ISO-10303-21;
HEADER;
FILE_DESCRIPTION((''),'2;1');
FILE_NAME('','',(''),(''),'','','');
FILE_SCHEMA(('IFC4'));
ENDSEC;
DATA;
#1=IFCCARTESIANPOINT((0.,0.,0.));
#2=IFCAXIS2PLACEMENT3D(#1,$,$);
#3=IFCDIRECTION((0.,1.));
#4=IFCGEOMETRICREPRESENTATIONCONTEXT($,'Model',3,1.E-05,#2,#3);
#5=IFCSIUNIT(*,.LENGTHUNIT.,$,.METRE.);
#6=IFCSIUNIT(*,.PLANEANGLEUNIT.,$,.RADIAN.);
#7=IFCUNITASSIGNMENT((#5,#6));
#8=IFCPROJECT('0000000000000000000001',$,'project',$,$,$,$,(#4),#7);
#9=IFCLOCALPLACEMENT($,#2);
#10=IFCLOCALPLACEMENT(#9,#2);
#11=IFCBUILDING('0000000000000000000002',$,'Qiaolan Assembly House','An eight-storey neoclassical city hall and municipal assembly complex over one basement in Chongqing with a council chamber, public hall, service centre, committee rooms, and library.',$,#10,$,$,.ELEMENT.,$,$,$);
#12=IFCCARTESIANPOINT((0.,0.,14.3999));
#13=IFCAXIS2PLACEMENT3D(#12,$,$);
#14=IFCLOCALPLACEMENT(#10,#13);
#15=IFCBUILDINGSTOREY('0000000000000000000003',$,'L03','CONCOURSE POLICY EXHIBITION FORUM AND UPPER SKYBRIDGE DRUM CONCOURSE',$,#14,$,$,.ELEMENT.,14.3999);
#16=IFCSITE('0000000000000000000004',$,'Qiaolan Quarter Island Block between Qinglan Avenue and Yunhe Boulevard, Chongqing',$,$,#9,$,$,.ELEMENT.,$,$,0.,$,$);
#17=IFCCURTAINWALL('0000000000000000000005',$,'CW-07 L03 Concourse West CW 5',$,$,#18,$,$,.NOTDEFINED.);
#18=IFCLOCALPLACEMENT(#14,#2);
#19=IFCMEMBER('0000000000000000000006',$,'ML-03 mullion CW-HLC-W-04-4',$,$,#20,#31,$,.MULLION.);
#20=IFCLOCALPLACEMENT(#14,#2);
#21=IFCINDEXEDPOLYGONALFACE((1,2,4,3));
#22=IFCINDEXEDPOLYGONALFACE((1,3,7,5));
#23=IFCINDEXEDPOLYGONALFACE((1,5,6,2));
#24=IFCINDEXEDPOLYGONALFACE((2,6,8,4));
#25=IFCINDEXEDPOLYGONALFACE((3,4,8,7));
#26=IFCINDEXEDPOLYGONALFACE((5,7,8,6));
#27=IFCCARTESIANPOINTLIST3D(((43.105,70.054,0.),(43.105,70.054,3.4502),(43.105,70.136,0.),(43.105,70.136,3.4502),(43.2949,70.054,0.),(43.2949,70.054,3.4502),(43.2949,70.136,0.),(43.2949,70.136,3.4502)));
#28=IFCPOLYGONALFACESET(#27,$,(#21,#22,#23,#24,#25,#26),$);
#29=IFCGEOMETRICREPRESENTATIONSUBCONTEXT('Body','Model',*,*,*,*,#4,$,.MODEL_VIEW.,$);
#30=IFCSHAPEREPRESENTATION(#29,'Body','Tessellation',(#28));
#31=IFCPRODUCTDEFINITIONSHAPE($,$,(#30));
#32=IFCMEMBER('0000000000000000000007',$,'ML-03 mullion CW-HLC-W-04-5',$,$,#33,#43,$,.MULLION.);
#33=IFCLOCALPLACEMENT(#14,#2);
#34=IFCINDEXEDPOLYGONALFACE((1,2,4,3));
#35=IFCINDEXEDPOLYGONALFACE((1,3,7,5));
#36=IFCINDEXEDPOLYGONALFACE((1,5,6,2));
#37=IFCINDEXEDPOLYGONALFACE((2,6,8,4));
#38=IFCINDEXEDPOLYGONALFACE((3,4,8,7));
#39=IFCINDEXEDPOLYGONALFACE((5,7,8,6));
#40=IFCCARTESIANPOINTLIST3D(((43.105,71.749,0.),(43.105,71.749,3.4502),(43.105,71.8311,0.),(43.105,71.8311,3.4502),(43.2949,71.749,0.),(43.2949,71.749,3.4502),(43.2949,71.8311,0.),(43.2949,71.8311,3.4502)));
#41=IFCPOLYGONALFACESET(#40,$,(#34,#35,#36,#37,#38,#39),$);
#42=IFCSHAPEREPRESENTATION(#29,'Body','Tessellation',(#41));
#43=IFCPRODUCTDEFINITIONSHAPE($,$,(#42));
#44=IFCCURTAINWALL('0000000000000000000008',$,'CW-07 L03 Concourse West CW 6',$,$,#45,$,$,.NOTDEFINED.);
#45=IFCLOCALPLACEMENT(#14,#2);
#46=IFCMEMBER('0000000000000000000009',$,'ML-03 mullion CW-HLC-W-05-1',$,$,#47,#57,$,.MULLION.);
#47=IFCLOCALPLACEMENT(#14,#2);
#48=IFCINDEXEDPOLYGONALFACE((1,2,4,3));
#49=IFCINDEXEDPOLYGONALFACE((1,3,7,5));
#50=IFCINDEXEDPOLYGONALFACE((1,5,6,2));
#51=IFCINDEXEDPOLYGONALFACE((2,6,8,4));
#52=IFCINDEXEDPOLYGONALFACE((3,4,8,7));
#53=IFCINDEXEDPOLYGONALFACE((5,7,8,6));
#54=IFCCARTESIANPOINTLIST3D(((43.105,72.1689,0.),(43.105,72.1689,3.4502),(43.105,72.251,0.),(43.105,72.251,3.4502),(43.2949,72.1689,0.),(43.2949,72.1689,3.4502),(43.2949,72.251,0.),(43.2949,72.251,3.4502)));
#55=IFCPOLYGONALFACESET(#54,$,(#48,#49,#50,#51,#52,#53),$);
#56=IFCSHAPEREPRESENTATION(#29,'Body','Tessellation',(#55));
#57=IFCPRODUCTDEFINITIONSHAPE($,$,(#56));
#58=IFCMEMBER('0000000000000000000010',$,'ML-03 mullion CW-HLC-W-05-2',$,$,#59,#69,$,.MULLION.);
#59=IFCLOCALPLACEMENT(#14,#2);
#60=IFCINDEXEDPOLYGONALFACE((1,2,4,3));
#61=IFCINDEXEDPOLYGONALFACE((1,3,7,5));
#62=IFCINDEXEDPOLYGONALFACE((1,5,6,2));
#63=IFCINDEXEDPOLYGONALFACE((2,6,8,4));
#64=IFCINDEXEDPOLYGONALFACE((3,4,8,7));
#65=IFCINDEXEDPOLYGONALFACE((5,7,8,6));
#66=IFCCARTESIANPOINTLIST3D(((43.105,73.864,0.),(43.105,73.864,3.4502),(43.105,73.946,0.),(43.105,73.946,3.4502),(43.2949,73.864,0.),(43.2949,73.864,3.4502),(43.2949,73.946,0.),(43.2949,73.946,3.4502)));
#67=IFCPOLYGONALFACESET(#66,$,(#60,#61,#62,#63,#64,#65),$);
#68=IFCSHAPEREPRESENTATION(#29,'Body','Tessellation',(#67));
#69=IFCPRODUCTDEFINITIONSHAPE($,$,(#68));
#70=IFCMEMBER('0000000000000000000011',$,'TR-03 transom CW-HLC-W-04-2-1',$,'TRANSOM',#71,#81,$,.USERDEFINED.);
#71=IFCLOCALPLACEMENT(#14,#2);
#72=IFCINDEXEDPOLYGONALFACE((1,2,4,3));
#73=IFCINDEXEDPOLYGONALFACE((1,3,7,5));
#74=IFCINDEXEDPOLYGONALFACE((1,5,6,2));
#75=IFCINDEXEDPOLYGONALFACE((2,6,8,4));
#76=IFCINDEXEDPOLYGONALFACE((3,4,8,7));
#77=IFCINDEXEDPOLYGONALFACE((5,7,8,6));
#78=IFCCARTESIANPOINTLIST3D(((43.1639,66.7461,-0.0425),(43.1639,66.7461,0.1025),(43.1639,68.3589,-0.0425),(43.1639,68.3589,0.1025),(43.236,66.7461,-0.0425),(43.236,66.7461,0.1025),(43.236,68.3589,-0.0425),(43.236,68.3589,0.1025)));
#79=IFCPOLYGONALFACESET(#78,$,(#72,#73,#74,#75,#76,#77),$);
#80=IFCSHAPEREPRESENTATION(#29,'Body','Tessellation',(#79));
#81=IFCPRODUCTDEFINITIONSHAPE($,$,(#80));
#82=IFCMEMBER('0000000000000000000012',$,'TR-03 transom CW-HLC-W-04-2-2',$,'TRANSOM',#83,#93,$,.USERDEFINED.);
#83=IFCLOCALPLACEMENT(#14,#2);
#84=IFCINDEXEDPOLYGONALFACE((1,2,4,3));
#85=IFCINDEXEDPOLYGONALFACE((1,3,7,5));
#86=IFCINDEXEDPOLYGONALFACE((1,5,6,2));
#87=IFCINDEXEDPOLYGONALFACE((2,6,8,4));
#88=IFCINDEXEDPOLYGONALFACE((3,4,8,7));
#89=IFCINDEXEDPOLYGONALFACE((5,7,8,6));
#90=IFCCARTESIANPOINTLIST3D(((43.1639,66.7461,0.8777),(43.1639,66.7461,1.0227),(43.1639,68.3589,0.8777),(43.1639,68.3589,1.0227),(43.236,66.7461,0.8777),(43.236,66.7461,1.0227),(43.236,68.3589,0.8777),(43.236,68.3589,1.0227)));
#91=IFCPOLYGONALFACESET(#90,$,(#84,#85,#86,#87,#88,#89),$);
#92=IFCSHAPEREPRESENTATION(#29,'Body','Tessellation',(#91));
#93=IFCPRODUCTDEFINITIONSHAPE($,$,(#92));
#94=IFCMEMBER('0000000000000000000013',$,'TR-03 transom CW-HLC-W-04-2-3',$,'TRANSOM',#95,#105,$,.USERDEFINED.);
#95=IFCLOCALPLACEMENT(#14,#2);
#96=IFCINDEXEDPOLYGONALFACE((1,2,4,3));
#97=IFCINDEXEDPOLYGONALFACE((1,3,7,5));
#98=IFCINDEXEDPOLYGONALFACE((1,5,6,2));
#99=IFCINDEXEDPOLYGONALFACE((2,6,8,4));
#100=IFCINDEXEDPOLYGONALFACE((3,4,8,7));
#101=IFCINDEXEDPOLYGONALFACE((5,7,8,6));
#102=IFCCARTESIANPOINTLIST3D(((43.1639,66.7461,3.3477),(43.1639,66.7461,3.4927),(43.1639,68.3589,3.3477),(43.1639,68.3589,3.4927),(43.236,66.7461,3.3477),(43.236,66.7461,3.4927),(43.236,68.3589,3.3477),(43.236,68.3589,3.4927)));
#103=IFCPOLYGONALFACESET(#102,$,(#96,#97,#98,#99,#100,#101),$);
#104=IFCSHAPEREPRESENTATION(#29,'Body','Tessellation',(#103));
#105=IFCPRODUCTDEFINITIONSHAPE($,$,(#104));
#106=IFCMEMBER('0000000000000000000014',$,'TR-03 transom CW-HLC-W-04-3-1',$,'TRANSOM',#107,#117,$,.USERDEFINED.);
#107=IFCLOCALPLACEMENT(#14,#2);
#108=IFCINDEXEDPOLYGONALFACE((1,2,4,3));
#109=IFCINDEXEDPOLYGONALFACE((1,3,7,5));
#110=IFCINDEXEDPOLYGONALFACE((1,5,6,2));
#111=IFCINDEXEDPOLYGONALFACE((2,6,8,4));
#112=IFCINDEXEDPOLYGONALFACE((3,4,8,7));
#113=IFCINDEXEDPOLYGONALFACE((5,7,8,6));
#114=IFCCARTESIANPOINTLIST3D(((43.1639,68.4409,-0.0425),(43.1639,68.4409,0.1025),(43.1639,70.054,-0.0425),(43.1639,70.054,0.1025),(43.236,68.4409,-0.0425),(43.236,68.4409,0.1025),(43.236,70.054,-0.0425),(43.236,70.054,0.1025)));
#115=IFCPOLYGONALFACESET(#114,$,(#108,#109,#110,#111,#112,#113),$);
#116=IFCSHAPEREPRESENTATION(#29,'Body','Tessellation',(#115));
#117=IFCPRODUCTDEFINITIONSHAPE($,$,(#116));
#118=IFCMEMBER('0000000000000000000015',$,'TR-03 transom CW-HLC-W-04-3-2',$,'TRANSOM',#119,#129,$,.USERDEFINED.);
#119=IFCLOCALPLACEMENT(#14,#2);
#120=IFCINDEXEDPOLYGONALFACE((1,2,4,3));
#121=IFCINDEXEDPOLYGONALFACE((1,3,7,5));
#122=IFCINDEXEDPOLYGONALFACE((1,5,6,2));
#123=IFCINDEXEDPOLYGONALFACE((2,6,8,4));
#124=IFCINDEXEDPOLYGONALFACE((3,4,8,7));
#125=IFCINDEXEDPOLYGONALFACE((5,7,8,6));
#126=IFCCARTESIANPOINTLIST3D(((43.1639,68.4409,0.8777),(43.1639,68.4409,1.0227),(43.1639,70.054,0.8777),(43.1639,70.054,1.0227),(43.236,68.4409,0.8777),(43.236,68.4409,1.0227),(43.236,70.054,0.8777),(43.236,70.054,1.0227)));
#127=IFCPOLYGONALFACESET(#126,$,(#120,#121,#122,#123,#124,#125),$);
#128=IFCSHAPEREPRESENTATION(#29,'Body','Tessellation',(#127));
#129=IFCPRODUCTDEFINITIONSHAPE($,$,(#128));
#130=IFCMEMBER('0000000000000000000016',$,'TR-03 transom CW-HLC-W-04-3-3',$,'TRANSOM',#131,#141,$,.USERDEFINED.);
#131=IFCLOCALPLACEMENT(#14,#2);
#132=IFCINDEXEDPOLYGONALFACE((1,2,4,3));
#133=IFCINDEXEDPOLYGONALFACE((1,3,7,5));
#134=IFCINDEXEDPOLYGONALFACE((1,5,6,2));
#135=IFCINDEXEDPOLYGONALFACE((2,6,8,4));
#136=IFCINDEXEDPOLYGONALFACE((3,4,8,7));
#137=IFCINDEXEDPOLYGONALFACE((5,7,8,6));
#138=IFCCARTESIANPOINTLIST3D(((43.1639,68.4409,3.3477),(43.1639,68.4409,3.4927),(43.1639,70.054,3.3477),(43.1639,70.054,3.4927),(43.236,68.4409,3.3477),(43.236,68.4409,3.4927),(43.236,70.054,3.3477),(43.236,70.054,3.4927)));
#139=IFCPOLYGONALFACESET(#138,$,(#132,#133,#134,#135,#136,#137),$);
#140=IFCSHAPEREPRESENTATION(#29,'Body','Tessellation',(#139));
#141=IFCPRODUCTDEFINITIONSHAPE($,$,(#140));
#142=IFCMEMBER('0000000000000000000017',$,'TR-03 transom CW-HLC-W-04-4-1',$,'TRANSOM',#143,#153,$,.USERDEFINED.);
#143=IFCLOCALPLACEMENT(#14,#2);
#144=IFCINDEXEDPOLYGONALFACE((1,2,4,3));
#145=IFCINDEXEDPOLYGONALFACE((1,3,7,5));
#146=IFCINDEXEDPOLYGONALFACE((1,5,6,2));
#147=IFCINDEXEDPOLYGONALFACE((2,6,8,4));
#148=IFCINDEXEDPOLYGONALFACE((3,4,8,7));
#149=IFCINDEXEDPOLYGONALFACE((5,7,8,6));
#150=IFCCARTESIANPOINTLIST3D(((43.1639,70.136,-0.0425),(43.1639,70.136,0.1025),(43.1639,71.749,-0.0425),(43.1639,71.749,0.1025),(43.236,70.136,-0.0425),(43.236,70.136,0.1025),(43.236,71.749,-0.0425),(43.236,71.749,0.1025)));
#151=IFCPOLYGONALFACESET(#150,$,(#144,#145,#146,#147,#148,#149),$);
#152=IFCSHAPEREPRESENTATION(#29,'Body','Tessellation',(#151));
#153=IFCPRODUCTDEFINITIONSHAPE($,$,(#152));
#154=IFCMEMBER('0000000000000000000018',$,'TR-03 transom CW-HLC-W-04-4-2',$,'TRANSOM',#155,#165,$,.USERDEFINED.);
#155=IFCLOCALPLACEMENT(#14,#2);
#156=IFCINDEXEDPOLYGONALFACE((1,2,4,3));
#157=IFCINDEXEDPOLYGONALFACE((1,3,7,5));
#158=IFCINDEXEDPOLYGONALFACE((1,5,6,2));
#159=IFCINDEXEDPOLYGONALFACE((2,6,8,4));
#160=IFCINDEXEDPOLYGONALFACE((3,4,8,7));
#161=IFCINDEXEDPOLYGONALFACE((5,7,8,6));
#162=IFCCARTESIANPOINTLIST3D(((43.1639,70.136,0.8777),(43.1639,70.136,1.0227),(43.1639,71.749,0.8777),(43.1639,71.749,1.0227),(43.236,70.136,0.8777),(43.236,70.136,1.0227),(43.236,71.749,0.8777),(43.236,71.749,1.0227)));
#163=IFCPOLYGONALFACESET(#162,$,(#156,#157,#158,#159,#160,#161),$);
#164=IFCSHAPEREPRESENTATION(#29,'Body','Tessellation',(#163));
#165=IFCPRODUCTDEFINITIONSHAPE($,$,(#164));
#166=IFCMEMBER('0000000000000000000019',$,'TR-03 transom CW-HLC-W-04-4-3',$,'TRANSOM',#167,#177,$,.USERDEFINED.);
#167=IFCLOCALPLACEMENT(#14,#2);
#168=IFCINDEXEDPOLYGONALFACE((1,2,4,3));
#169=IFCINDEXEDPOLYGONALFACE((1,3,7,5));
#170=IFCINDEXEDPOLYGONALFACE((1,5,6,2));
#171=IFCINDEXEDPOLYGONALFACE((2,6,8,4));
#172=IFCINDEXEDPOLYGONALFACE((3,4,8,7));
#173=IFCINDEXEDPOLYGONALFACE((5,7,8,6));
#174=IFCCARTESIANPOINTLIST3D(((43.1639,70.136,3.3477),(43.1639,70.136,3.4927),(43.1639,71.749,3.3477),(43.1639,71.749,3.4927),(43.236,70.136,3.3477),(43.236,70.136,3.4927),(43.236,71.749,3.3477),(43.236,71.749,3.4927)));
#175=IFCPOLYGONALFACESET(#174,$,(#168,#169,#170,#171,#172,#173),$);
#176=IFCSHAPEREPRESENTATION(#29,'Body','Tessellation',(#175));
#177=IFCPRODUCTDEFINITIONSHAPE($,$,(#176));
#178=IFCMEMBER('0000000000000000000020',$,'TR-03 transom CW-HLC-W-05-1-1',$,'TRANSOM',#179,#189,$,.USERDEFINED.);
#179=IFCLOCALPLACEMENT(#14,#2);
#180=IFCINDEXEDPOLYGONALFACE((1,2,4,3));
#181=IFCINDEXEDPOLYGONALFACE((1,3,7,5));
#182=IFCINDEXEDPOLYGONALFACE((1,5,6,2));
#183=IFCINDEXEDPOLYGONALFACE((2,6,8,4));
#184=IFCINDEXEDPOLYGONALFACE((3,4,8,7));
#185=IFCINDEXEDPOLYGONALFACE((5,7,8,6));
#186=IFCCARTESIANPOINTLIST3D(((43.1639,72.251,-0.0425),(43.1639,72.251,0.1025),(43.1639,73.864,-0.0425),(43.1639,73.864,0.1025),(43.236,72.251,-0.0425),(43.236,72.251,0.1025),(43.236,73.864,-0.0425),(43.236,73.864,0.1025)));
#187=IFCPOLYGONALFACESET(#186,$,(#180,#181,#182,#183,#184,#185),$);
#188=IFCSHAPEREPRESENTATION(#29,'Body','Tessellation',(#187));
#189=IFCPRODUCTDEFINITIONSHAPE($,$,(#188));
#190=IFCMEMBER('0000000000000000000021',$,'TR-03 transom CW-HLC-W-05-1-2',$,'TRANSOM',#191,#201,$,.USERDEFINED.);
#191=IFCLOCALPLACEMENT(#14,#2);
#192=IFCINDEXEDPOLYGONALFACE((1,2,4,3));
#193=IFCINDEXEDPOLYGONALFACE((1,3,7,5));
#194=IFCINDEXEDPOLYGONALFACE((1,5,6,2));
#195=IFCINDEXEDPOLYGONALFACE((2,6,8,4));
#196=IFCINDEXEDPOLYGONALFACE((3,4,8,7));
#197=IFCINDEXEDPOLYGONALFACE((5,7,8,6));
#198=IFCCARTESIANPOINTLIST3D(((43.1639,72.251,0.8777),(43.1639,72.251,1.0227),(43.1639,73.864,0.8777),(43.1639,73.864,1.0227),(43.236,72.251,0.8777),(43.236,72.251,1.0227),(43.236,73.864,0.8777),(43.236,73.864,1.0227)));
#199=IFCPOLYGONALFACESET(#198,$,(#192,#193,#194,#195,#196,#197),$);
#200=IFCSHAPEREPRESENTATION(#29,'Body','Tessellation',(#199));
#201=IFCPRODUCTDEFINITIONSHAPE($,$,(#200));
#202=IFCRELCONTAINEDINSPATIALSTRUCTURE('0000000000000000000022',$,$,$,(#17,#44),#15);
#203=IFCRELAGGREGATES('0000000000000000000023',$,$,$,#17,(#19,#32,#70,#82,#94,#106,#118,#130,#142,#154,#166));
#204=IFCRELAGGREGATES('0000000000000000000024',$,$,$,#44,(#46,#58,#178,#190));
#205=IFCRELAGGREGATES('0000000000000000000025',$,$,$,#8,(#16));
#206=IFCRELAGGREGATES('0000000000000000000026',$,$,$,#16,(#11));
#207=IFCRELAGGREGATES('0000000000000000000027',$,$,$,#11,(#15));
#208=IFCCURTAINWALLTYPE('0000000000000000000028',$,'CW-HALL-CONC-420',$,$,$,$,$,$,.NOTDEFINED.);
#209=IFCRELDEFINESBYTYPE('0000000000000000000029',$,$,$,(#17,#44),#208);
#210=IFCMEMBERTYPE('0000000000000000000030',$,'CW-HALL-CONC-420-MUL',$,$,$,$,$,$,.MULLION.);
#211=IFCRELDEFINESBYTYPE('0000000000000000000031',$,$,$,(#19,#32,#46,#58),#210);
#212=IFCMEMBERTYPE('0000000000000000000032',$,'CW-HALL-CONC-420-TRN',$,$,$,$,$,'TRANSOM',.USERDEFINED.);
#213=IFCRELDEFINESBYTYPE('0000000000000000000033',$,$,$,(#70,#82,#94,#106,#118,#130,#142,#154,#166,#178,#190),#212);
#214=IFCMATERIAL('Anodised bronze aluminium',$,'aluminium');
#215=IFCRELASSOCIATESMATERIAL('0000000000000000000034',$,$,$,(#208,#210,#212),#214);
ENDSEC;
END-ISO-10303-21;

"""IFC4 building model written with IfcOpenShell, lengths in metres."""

from ifc_helpers import new_model, si_unit, direction, frame, origin, origin_2d, place, context, subcontext, project, spatial, rectangle, extrude, material, material_profile, profile_set, type_object, element, aggregate, save


model = new_model("IFC4")

# Units and contexts
model_context = context("Model", 3, precision=1e-05, world=origin(), true_north=direction((0.0, 1.0)))
body_context = subcontext(model_context, "Body", "Model", "MODEL_VIEW")
ifc_project = project(units=[si_unit("LENGTHUNIT", "METRE"), si_unit("PLANEANGLEUNIT", "RADIAN")], contexts=[model_context])

# Site, building, storey
site_placement = place(None, origin())
site = spatial("IfcSite", under=ifc_project, at=site_placement, Name="Qiaolan Quarter Island Block between Qinglan Avenue and Yunhe Boulevard, Chongqing", CompositionType="ELEMENT", RefElevation=0.0)
building_placement = place(site_placement, origin())
building = spatial("IfcBuilding", under=site, at=building_placement, Name="Qiaolan Assembly House", Description="An eight-storey neoclassical city hall and municipal assembly complex over one basement in Chongqing with a council chamber, public hall, service centre, committee rooms, and library.", CompositionType="ELEMENT")
storey_placement = place(building_placement, frame((0.0, 0.0, 14.3999)))
storey = spatial("IfcBuildingStorey", under=building, at=storey_placement, Name="L03", Description="CONCOURSE POLICY EXHIBITION FORUM AND UPPER SKYBRIDGE DRUM CONCOURSE", CompositionType="ELEMENT", Elevation=14.3999)

# Curtain walls, members
ifc_material_1 = material(Name="Anodised bronze aluminium", Category="aluminium")
curtain_wall_type = type_object("IfcCurtainWallType", Name="CW-HALL-CONC-420", PredefinedType="NOTDEFINED", material=ifc_material_1)
curtain_wall_1_placement = place(storey_placement, origin())
curtain_wall_1 = element("IfcCurtainWall", 1, at=curtain_wall_1_placement, inside=storey, type_object=curtain_wall_type, Name="CW-07 L03 Concourse West CW 5", PredefinedType="NOTDEFINED")
ifc_material_profile_1 = material_profile(ifc_material_1, rectangle(XDim=0.082, YDim=0.1899, at=origin_2d()), Name="MUL 82x190")
ifc_profile_set_1 = profile_set([ifc_material_profile_1], Name="Anodised bronze aluminium")
member_type_1 = type_object("IfcMemberType", Name="CW-HALL-CONC-420-MUL", PredefinedType="MULLION", material=ifc_profile_set_1)
member_1_placement = place(storey_placement, frame((43.2, 70.095, 0.0), z_axis=(0.0, 0.0, 1.0), x_axis=(0.0, 1.0, 0.0)))
member_1 = element("IfcMember", 2, at=member_1_placement, type_object=member_type_1, Name="ML-03 mullion CW-HLC-W-04-4", PredefinedType="MULLION", context=body_context, shape_type="SweptSolid", body=[
    extrude(rectangle(XDim=0.082, YDim=0.1899, at=origin_2d()), origin(), (0.0, 0.0, 1.0), 3.4502),
])
member_2_placement = place(storey_placement, frame((43.2, 71.79, 0.0), z_axis=(0.0, 0.0, 1.0), x_axis=(0.0, 1.0, 0.0)))
member_2 = element("IfcMember", 3, at=member_2_placement, type_object=member_type_1, Name="ML-03 mullion CW-HLC-W-04-5", PredefinedType="MULLION", context=body_context, shape_type="SweptSolid", body=[
    extrude(rectangle(XDim=0.082, YDim=0.1899, at=origin_2d()), origin(), (0.0, 0.0, 1.0), 3.4502),
])
curtain_wall_2_placement = place(storey_placement, origin())
curtain_wall_2 = element("IfcCurtainWall", 4, at=curtain_wall_2_placement, inside=storey, type_object=curtain_wall_type, Name="CW-07 L03 Concourse West CW 6", PredefinedType="NOTDEFINED")
member_3_placement = place(storey_placement, frame((43.2, 72.21, 0.0), z_axis=(0.0, 0.0, 1.0), x_axis=(0.0, 1.0, 0.0)))
member_3 = element("IfcMember", 5, at=member_3_placement, type_object=member_type_1, Name="ML-03 mullion CW-HLC-W-05-1", PredefinedType="MULLION", context=body_context, shape_type="SweptSolid", body=[
    extrude(rectangle(XDim=0.082, YDim=0.1899, at=origin_2d()), origin(), (0.0, 0.0, 1.0), 3.4502),
])
member_4_placement = place(storey_placement, frame((43.2, 73.905, 0.0), z_axis=(0.0, 0.0, 1.0), x_axis=(0.0, 1.0, 0.0)))
member_4 = element("IfcMember", 6, at=member_4_placement, type_object=member_type_1, Name="ML-03 mullion CW-HLC-W-05-2", PredefinedType="MULLION", context=body_context, shape_type="SweptSolid", body=[
    extrude(rectangle(XDim=0.082, YDim=0.1899, at=origin_2d()), origin(), (0.0, 0.0, 1.0), 3.4502),
])

# Members
ifc_material_profile_2 = material_profile(ifc_material_1, rectangle(XDim=0.072, YDim=0.145, at=origin_2d()), Name="TRN 72x145")
ifc_profile_set_2 = profile_set([ifc_material_profile_2], Name="Anodised bronze aluminium")
member_type_2 = type_object("IfcMemberType", Name="CW-HALL-CONC-420-TRN", ElementType="TRANSOM", PredefinedType="USERDEFINED", material=ifc_profile_set_2)
member_5_placement = place(storey_placement, frame((43.2, 66.7461, 0.03), z_axis=(0.0, 1.0, 0.0), x_axis=(-1.0, 0.0, 0.0)))
member_5 = element("IfcMember", 7, at=member_5_placement, type_object=member_type_2, Name="TR-03 transom CW-HLC-W-04-2-1", ObjectType="TRANSOM", PredefinedType="USERDEFINED", context=body_context, shape_type="SweptSolid", body=[
    extrude(rectangle(XDim=0.072, YDim=0.145, at=origin_2d()), origin(), (0.0, 0.0, 1.0), 1.6128),
])
member_6_placement = place(storey_placement, frame((43.2, 66.7461, 0.9502), z_axis=(0.0, 1.0, 0.0), x_axis=(-1.0, 0.0, 0.0)))
member_6 = element("IfcMember", 8, at=member_6_placement, type_object=member_type_2, Name="TR-03 transom CW-HLC-W-04-2-2", ObjectType="TRANSOM", PredefinedType="USERDEFINED", context=body_context, shape_type="SweptSolid", body=[
    extrude(rectangle(XDim=0.072, YDim=0.145, at=origin_2d()), origin(), (0.0, 0.0, 1.0), 1.6128),
])
member_7_placement = place(storey_placement, frame((43.2, 66.7461, 3.4202), z_axis=(0.0, 1.0, 0.0), x_axis=(-1.0, 0.0, 0.0)))
member_7 = element("IfcMember", 9, at=member_7_placement, type_object=member_type_2, Name="TR-03 transom CW-HLC-W-04-2-3", ObjectType="TRANSOM", PredefinedType="USERDEFINED", context=body_context, shape_type="SweptSolid", body=[
    extrude(rectangle(XDim=0.072, YDim=0.145, at=origin_2d()), origin(), (0.0, 0.0, 1.0), 1.6128),
])
member_8_placement = place(storey_placement, frame((43.2, 68.4409, 0.03), z_axis=(0.0, 1.0, 0.0), x_axis=(-1.0, 0.0, 0.0)))
member_8 = element("IfcMember", 10, at=member_8_placement, type_object=member_type_2, Name="TR-03 transom CW-HLC-W-04-3-1", ObjectType="TRANSOM", PredefinedType="USERDEFINED", context=body_context, shape_type="SweptSolid", body=[
    extrude(rectangle(XDim=0.072, YDim=0.145, at=origin_2d()), origin(), (0.0, 0.0, 1.0), 1.613),
])
member_9_placement = place(storey_placement, frame((43.2, 68.4409, 0.9502), z_axis=(0.0, 1.0, 0.0), x_axis=(-1.0, 0.0, 0.0)))
member_9 = element("IfcMember", 11, at=member_9_placement, type_object=member_type_2, Name="TR-03 transom CW-HLC-W-04-3-2", ObjectType="TRANSOM", PredefinedType="USERDEFINED", context=body_context, shape_type="SweptSolid", body=[
    extrude(rectangle(XDim=0.072, YDim=0.145, at=origin_2d()), origin(), (0.0, 0.0, 1.0), 1.613),
])
member_10_placement = place(storey_placement, frame((43.2, 68.4409, 3.4202), z_axis=(0.0, 1.0, 0.0), x_axis=(-1.0, 0.0, 0.0)))
member_10 = element("IfcMember", 12, at=member_10_placement, type_object=member_type_2, Name="TR-03 transom CW-HLC-W-04-3-3", ObjectType="TRANSOM", PredefinedType="USERDEFINED", context=body_context, shape_type="SweptSolid", body=[
    extrude(rectangle(XDim=0.072, YDim=0.145, at=origin_2d()), origin(), (0.0, 0.0, 1.0), 1.613),
])
member_11_placement = place(storey_placement, frame((43.2, 70.136, 0.03), z_axis=(0.0, 1.0, 0.0), x_axis=(-1.0, 0.0, 0.0)))
member_11 = element("IfcMember", 13, at=member_11_placement, type_object=member_type_2, Name="TR-03 transom CW-HLC-W-04-4-1", ObjectType="TRANSOM", PredefinedType="USERDEFINED", context=body_context, shape_type="SweptSolid", body=[
    extrude(rectangle(XDim=0.072, YDim=0.145, at=origin_2d()), origin(), (0.0, 0.0, 1.0), 1.613),
])
member_12_placement = place(storey_placement, frame((43.2, 70.136, 0.9502), z_axis=(0.0, 1.0, 0.0), x_axis=(-1.0, 0.0, 0.0)))
member_12 = element("IfcMember", 14, at=member_12_placement, type_object=member_type_2, Name="TR-03 transom CW-HLC-W-04-4-2", ObjectType="TRANSOM", PredefinedType="USERDEFINED", context=body_context, shape_type="SweptSolid", body=[
    extrude(rectangle(XDim=0.072, YDim=0.145, at=origin_2d()), origin(), (0.0, 0.0, 1.0), 1.613),
])
member_13_placement = place(storey_placement, frame((43.2, 70.136, 3.4202), z_axis=(0.0, 1.0, 0.0), x_axis=(-1.0, 0.0, 0.0)))
member_13 = element("IfcMember", 15, at=member_13_placement, type_object=member_type_2, Name="TR-03 transom CW-HLC-W-04-4-3", ObjectType="TRANSOM", PredefinedType="USERDEFINED", context=body_context, shape_type="SweptSolid", body=[
    extrude(rectangle(XDim=0.072, YDim=0.145, at=origin_2d()), origin(), (0.0, 0.0, 1.0), 1.613),
])
member_14_placement = place(storey_placement, frame((43.2, 72.251, 0.03), z_axis=(0.0, 1.0, 0.0), x_axis=(-1.0, 0.0, 0.0)))
member_14 = element("IfcMember", 16, at=member_14_placement, type_object=member_type_2, Name="TR-03 transom CW-HLC-W-05-1-1", ObjectType="TRANSOM", PredefinedType="USERDEFINED", context=body_context, shape_type="SweptSolid", body=[
    extrude(rectangle(XDim=0.072, YDim=0.145, at=origin_2d()), origin(), (0.0, 0.0, 1.0), 1.613),
])
member_15_placement = place(storey_placement, frame((43.2, 72.251, 0.9502), z_axis=(0.0, 1.0, 0.0), x_axis=(-1.0, 0.0, 0.0)))
member_15 = element("IfcMember", 17, at=member_15_placement, type_object=member_type_2, Name="TR-03 transom CW-HLC-W-05-1-2", ObjectType="TRANSOM", PredefinedType="USERDEFINED", context=body_context, shape_type="SweptSolid", body=[
    extrude(rectangle(XDim=0.072, YDim=0.145, at=origin_2d()), origin(), (0.0, 0.0, 1.0), 1.613),
])

aggregate(curtain_wall_1, [member_1, member_2, member_5, member_6, member_7, member_8, member_9, member_10, member_11, member_12, member_13])
aggregate(curtain_wall_2, [member_3, member_4, member_14, member_15])

save(model, "model.ifc")
